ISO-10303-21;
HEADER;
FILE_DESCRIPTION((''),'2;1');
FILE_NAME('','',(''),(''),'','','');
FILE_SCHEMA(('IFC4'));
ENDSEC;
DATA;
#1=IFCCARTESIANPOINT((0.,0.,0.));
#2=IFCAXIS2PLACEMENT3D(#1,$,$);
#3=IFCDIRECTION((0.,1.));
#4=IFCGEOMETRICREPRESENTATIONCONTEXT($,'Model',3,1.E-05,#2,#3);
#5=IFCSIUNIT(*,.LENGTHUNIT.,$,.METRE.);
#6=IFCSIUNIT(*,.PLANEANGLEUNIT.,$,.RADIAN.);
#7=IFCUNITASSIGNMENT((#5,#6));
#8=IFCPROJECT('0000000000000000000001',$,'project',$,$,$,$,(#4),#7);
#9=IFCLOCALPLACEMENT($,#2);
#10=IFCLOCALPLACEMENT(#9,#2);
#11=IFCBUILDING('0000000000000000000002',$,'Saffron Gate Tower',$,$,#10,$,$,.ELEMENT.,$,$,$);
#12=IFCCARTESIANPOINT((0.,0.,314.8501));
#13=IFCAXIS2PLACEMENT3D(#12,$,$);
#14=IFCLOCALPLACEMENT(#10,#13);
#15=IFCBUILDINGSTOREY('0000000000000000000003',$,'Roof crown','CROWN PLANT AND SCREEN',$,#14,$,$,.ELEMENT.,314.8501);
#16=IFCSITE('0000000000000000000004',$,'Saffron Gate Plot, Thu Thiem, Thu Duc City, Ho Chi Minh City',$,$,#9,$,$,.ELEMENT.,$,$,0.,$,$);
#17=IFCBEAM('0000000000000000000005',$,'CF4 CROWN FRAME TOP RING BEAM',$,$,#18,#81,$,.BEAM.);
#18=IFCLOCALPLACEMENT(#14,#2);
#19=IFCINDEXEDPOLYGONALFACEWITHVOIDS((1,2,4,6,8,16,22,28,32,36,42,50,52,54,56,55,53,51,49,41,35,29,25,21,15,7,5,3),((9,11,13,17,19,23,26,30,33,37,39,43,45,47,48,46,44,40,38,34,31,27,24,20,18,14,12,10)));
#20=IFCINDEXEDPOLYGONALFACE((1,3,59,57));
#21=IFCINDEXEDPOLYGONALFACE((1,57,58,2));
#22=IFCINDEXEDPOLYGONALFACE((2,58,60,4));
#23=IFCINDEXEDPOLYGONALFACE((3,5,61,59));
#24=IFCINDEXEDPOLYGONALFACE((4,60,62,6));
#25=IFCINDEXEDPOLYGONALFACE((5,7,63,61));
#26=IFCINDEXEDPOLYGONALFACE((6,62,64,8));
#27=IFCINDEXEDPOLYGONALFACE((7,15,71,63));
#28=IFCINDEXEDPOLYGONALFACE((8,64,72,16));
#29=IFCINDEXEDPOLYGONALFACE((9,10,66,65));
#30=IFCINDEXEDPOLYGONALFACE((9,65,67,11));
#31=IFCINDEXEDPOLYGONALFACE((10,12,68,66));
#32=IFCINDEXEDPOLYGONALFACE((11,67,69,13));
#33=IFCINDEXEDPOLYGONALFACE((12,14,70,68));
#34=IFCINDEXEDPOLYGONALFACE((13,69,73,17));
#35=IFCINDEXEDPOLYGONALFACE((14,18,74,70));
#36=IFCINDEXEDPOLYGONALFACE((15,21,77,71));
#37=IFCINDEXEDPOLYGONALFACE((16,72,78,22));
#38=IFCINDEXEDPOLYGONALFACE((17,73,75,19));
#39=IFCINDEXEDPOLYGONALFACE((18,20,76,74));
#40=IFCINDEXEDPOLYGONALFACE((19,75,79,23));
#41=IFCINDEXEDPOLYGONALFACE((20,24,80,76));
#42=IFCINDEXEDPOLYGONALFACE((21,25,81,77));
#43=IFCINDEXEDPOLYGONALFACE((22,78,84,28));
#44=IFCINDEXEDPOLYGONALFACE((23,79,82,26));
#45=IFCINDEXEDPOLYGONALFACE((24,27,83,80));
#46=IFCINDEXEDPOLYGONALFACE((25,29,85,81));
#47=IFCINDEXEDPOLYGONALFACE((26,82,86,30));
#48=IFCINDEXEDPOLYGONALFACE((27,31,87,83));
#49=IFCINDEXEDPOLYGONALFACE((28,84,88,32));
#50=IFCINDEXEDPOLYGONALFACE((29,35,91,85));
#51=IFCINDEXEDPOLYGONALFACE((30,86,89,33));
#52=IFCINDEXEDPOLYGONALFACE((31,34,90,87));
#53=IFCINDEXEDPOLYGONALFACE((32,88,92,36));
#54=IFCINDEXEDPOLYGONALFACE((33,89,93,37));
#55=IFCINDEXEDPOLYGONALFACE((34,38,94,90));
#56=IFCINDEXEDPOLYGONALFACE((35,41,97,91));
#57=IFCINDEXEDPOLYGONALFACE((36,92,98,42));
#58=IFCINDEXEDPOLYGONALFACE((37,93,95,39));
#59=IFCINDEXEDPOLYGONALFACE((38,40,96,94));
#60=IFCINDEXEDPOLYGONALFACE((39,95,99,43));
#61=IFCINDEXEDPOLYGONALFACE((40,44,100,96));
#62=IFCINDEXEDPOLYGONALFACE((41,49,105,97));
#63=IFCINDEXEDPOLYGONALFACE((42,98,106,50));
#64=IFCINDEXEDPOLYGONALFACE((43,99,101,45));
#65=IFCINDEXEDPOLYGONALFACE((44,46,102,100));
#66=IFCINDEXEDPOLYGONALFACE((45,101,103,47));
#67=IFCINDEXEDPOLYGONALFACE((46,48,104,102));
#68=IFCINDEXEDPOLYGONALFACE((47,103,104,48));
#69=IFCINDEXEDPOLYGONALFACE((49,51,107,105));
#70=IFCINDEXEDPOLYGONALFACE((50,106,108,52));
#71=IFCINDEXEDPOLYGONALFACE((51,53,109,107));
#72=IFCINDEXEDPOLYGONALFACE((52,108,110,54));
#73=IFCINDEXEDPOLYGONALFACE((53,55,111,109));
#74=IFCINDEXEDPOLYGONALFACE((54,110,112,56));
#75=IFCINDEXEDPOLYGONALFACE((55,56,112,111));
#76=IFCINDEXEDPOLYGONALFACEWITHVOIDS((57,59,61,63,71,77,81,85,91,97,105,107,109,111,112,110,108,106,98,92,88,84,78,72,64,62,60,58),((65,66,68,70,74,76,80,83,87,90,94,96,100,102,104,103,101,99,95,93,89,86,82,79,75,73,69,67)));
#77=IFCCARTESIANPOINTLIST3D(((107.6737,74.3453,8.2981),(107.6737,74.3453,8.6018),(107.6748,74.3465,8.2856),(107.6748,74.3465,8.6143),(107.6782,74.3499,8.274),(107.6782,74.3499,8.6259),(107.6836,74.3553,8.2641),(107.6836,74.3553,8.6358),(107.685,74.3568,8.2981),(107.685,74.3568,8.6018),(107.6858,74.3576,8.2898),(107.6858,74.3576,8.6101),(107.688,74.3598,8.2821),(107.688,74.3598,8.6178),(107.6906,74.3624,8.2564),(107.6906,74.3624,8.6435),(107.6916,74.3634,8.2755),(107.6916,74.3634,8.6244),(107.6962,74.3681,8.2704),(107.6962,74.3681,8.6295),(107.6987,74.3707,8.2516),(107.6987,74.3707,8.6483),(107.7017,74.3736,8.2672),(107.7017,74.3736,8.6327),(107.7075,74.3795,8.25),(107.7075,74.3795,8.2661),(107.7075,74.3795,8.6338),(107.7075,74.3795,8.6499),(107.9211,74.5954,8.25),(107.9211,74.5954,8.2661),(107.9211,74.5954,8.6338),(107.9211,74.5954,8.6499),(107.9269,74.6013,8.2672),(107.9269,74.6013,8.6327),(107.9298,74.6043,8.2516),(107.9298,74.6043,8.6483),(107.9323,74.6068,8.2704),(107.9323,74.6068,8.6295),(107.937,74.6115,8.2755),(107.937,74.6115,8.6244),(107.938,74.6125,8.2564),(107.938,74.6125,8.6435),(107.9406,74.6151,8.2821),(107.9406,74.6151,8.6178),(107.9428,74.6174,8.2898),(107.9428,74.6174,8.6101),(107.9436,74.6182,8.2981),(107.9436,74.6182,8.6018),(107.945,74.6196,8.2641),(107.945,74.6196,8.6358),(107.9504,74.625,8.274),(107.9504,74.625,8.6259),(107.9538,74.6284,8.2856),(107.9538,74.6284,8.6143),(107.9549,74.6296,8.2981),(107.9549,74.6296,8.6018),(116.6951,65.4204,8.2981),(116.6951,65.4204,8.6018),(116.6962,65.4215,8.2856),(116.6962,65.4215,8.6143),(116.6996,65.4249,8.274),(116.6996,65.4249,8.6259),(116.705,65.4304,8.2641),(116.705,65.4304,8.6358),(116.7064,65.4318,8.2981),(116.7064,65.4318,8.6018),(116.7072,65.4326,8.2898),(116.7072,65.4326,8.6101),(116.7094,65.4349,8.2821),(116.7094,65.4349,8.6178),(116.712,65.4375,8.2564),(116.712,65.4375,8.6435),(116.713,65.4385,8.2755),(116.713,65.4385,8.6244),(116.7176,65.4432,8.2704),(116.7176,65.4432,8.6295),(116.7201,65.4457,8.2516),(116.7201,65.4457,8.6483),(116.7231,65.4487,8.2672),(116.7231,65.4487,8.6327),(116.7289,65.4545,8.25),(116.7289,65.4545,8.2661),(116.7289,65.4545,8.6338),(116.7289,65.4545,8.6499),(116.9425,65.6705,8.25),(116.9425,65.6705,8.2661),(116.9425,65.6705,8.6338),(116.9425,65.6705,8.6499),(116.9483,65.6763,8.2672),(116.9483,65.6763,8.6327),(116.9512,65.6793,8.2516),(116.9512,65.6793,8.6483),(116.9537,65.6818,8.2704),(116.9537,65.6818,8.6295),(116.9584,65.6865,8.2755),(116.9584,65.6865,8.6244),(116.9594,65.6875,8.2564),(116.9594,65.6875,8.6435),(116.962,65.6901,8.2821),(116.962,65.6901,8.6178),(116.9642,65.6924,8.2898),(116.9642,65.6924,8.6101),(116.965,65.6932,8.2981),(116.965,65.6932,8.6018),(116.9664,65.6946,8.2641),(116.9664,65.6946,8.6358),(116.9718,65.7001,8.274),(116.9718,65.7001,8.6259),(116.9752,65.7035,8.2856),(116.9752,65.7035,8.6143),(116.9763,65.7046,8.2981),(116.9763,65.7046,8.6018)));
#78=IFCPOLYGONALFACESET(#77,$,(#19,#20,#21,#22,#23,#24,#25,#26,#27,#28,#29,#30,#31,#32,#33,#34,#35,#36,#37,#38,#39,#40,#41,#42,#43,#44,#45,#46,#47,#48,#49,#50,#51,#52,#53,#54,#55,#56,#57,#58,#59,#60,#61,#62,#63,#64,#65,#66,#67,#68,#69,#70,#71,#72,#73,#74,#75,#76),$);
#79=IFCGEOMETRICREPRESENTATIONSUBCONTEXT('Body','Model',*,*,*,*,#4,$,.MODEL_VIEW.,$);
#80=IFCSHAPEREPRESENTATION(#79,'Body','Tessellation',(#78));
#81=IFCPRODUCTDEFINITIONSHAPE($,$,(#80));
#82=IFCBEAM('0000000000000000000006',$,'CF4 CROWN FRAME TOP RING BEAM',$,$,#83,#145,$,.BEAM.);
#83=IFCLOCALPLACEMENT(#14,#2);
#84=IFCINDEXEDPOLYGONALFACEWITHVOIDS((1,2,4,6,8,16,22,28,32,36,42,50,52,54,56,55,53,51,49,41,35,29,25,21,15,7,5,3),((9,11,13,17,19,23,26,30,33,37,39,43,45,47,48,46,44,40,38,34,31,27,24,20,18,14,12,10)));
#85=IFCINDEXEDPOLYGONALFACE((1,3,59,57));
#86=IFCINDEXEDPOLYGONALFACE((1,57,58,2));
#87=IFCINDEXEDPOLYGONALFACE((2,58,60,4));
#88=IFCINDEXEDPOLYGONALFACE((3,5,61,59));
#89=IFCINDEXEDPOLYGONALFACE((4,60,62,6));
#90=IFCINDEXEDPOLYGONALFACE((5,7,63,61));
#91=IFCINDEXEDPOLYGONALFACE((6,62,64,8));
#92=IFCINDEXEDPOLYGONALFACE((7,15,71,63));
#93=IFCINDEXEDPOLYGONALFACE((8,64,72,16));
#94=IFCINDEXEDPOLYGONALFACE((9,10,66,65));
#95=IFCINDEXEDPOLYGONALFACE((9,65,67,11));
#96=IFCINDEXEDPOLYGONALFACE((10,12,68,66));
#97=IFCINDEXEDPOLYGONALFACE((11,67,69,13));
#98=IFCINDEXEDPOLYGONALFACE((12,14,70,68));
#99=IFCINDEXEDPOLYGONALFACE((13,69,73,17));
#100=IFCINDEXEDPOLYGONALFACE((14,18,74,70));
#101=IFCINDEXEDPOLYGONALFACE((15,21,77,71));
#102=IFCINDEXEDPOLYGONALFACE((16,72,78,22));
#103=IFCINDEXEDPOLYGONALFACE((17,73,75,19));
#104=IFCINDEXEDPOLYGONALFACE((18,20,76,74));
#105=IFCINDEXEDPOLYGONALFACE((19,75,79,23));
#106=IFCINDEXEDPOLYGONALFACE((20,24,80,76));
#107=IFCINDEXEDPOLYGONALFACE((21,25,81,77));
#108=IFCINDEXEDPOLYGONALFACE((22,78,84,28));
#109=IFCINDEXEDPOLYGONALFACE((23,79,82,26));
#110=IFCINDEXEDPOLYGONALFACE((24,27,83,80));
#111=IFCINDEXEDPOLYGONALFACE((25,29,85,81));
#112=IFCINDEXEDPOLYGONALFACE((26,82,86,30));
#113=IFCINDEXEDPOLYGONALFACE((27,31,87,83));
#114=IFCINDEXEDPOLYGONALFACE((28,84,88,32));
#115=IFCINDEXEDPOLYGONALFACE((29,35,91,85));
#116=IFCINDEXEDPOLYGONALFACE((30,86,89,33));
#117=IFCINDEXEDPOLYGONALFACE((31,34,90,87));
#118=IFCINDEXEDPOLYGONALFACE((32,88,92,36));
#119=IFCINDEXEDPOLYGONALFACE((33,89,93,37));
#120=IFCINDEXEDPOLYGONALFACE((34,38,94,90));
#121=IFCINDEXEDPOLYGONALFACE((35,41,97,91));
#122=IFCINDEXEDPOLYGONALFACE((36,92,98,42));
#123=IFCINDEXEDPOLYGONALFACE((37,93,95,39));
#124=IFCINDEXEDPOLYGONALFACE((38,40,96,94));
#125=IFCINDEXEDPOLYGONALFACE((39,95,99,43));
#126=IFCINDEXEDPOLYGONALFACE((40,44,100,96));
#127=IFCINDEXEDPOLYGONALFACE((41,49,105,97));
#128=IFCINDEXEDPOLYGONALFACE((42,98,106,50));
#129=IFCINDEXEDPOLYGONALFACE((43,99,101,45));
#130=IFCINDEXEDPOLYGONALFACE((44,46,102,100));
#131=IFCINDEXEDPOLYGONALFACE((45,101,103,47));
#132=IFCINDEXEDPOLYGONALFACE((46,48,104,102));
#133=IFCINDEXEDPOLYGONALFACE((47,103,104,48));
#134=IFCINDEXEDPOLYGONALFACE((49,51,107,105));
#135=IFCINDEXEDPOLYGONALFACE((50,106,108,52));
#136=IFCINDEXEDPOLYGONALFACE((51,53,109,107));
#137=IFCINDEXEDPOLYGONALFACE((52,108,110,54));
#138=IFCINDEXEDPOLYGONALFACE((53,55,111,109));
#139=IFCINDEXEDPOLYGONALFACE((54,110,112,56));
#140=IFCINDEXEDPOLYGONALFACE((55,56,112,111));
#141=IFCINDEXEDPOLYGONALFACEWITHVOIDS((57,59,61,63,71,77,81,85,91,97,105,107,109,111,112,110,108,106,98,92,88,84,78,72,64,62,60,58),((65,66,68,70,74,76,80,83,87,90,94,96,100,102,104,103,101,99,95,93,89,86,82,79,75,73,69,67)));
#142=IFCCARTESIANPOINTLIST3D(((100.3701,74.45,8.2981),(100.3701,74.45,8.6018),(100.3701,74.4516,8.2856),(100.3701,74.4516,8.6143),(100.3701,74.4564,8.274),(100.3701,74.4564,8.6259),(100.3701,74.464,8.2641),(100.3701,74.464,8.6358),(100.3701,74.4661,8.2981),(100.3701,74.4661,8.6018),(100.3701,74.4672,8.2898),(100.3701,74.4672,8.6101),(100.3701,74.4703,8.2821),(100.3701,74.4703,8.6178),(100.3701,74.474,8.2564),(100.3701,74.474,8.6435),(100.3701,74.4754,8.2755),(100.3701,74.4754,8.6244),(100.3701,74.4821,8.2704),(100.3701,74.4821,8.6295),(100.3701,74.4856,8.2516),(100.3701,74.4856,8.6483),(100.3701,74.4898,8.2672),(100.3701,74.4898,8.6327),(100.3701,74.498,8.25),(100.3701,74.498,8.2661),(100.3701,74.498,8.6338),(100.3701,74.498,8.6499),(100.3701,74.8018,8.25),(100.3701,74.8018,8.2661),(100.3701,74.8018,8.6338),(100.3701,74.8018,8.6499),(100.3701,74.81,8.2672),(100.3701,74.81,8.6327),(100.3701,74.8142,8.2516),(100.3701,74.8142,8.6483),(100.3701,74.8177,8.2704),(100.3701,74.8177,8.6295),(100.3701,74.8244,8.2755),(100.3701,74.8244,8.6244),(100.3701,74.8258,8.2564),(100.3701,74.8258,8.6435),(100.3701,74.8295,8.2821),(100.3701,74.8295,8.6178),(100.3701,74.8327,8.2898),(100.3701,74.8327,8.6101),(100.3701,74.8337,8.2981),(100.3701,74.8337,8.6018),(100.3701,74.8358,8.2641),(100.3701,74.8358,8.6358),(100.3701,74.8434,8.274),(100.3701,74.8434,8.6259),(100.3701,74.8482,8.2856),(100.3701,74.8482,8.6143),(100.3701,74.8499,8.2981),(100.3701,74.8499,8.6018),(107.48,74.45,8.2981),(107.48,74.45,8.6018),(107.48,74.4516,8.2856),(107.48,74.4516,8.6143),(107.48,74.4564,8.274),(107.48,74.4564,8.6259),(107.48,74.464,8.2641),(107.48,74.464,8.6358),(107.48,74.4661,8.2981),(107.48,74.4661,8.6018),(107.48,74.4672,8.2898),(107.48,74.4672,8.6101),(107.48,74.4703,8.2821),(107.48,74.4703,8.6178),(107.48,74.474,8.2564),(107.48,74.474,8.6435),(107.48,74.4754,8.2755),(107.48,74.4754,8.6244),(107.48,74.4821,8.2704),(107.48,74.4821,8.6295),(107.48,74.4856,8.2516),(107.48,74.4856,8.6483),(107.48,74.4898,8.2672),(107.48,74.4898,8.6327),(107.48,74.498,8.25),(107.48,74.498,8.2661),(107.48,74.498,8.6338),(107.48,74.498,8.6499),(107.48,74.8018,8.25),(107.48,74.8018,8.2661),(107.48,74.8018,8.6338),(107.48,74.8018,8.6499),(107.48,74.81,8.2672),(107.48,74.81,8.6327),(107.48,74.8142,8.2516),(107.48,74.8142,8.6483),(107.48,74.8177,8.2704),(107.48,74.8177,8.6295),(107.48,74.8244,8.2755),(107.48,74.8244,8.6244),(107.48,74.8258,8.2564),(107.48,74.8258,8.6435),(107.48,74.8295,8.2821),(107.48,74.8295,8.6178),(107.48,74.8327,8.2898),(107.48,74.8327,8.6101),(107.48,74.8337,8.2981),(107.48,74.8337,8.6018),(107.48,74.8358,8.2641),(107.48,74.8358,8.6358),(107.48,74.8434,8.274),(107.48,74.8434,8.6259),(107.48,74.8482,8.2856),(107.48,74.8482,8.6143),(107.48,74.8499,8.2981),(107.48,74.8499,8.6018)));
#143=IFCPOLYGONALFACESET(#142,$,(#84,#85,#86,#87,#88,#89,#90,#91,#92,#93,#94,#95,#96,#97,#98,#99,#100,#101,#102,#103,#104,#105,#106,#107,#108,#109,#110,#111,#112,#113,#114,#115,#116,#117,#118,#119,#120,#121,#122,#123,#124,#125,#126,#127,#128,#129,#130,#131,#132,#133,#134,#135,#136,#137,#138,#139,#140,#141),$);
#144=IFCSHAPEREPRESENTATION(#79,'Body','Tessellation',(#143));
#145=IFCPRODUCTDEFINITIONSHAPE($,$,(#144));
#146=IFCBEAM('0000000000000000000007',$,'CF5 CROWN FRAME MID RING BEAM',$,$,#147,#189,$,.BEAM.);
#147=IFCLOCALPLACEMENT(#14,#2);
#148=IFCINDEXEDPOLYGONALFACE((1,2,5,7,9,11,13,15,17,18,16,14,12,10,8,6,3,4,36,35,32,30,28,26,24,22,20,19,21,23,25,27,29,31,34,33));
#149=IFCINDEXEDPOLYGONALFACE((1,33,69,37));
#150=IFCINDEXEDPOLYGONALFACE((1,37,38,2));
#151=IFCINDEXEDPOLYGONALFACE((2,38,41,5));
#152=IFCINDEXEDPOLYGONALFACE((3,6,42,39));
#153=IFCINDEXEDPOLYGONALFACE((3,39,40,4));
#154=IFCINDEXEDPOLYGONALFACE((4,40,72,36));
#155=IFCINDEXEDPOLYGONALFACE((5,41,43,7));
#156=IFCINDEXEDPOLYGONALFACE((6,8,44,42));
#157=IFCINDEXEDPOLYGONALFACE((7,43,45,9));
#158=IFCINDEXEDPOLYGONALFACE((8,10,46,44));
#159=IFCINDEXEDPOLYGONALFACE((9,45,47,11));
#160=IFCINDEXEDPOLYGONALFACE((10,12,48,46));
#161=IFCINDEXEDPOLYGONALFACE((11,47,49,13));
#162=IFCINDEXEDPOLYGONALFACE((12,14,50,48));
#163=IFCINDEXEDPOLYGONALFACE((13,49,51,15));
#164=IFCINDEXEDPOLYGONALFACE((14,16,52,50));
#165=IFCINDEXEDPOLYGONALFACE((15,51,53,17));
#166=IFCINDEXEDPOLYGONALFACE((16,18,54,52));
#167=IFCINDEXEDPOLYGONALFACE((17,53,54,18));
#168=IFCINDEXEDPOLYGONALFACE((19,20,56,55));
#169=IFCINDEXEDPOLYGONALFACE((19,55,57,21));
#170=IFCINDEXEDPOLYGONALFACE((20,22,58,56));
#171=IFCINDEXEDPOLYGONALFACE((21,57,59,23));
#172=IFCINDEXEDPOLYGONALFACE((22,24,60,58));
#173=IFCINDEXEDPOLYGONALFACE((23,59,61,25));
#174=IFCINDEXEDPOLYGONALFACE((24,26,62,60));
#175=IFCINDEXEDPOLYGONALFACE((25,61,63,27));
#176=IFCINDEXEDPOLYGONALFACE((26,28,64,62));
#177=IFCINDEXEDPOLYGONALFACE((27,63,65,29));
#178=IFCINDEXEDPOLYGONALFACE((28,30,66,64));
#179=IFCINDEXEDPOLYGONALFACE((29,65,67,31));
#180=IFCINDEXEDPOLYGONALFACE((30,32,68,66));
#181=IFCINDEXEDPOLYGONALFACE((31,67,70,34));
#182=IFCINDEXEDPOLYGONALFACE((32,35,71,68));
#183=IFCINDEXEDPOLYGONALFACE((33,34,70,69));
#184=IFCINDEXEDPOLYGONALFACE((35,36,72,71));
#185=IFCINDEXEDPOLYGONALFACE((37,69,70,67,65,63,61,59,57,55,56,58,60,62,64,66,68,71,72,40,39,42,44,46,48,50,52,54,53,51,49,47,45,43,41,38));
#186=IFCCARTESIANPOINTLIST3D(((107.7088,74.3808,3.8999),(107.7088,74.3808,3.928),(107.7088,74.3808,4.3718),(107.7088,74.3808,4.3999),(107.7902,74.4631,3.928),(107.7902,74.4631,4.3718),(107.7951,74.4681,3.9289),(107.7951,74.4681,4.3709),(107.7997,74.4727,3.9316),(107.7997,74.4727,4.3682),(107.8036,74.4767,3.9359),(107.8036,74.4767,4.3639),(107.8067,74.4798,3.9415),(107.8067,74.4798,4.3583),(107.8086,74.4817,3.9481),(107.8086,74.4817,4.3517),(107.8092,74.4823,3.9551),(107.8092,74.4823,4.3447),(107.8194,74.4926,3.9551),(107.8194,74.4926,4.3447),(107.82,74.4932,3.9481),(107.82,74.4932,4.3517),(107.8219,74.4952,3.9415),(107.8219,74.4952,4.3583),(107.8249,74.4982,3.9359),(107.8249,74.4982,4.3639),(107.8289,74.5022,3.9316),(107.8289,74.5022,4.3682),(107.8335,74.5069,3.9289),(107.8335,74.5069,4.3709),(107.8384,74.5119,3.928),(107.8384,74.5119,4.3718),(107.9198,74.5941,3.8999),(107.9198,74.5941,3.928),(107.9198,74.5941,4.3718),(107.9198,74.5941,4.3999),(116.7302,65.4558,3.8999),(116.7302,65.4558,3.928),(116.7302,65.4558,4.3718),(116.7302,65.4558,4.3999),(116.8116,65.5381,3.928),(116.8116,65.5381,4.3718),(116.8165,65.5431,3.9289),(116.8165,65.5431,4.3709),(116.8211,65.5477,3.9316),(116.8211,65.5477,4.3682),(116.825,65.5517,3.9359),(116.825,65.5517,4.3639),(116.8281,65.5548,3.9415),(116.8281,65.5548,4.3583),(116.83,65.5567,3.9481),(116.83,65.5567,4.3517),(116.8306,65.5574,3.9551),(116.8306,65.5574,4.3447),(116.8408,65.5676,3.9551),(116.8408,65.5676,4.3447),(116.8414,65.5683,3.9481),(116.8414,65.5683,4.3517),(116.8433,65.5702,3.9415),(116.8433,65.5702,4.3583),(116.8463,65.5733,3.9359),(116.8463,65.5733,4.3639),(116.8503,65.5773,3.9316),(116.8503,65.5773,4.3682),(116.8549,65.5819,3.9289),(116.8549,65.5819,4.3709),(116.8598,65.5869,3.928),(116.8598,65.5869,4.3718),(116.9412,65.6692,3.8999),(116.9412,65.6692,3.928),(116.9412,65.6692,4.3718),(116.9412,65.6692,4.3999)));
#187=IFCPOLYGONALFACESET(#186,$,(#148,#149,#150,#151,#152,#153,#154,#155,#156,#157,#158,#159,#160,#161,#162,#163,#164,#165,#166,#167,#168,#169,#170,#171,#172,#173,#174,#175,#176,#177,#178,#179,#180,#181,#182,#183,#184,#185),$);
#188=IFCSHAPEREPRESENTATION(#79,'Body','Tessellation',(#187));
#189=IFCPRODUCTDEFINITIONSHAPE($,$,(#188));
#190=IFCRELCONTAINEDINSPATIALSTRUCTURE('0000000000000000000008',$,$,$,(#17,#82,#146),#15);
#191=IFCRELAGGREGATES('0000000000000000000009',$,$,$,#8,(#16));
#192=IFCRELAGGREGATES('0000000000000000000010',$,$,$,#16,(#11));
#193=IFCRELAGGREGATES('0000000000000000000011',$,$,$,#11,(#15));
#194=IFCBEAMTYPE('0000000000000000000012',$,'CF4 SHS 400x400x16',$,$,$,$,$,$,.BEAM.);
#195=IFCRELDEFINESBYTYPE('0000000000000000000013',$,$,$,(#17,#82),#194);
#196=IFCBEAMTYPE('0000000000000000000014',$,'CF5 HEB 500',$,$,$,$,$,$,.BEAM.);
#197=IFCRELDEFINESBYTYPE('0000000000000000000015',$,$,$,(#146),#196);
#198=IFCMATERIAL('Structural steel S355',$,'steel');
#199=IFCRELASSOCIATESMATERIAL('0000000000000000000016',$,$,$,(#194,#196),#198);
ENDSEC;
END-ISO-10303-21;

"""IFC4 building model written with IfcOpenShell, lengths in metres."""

from ifc_helpers import new_model, si_unit, direction, frame, origin, origin_2d, place, context, subcontext, project, spatial, hollow_rectangle, i_section, extrude, material, material_profile, profile_set, type_object, element, save


model = new_model("IFC4")

# Units and contexts
model_context = context("Model", 3, precision=1e-05, world=origin(), true_north=direction((0.0, 1.0)))
body_context = subcontext(model_context, "Body", "Model", "MODEL_VIEW")
ifc_project = project(units=[si_unit("LENGTHUNIT", "METRE"), si_unit("PLANEANGLEUNIT", "RADIAN")], contexts=[model_context])

# Site, building, storey
site_placement = place(None, origin())
site = spatial("IfcSite", under=ifc_project, at=site_placement, Name="Saffron Gate Plot, Thu Thiem, Thu Duc City, Ho Chi Minh City", CompositionType="ELEMENT", RefElevation=0.0)
building_placement = place(site_placement, origin())
building = spatial("IfcBuilding", under=site, at=building_placement, Name="Saffron Gate Tower", CompositionType="ELEMENT")
storey_placement = place(building_placement, frame((0.0, 0.0, 314.8501)))
storey = spatial("IfcBuildingStorey", under=building, at=storey_placement, Name="Roof crown", Description="CROWN PLANT AND SCREEN", CompositionType="ELEMENT", Elevation=314.8501)

# Shared definitions
ifc_material_1 = material(Name="Structural steel S355", Category="steel")

# Beams
ifc_material_profile_1 = material_profile(ifc_material_1, hollow_rectangle(XDim=0.3999, YDim=0.3999, WallThickness=0.0161, InnerFilletRadius=0.032, OuterFilletRadius=0.0481, at=origin_2d()))
ifc_profile_set_1 = profile_set([ifc_material_profile_1], Name="Structural steel S355")
beam_type_1 = type_object("IfcBeamType", Name="CF4 SHS 400x400x16", PredefinedType="BEAM", material=ifc_profile_set_1)
beam_1_placement = place(storey_placement, frame((116.8357, 65.5625, 8.45), z_axis=(-0.710896, 0.703297, 0.0), x_axis=(-0.703297, -0.710896, 0.0)))
element("IfcBeam", 1, at=beam_1_placement, inside=storey, type_object=beam_type_1, Name="CF4 CROWN FRAME TOP RING BEAM", PredefinedType="BEAM", context=body_context, shape_type="SweptSolid", body=[
    extrude(hollow_rectangle(XDim=0.3999, YDim=0.3999, WallThickness=0.0161, InnerFilletRadius=0.032, OuterFilletRadius=0.0481, at=origin_2d()), origin(), (0.0, 0.0, 1.0), 12.6902),
])
beam_2_placement = place(storey_placement, frame((107.48, 74.6499, 8.45), z_axis=(-1.0, 0.0, 0.0), x_axis=(0.0, -1.0, 0.0)))
element("IfcBeam", 2, at=beam_2_placement, inside=storey, type_object=beam_type_1, Name="CF4 CROWN FRAME TOP RING BEAM", PredefinedType="BEAM", context=body_context, shape_type="SweptSolid", body=[
    extrude(hollow_rectangle(XDim=0.3999, YDim=0.3999, WallThickness=0.0161, InnerFilletRadius=0.032, OuterFilletRadius=0.0481, at=origin_2d()), origin(), (0.0, 0.0, 1.0), 7.1099),
])
ifc_material_profile_2 = material_profile(ifc_material_1, i_section(OverallWidth=0.3, OverallDepth=0.5, WebThickness=0.0144, FlangeThickness=0.0281, FilletRadius=0.0271, at=origin_2d()))
ifc_profile_set_2 = profile_set([ifc_material_profile_2], Name="Structural steel S355")
beam_type_2 = type_object("IfcBeamType", Name="CF5 HEB 500", PredefinedType="BEAM", material=ifc_profile_set_2)
beam_3_placement = place(storey_placement, frame((116.8357, 65.5625, 4.1499), z_axis=(-0.710896, 0.703297, 0.0), x_axis=(-0.703297, -0.710896, 0.0)))
element("IfcBeam", 3, at=beam_3_placement, inside=storey, type_object=beam_type_2, Name="CF5 CROWN FRAME MID RING BEAM", PredefinedType="BEAM", context=body_context, shape_type="SweptSolid", body=[
    extrude(i_section(OverallWidth=0.3, OverallDepth=0.5, WebThickness=0.0144, FlangeThickness=0.0281, FilletRadius=0.0271, at=origin_2d()), origin(), (0.0, 0.0, 1.0), 12.6902),
])

save(model, "model.ifc")
